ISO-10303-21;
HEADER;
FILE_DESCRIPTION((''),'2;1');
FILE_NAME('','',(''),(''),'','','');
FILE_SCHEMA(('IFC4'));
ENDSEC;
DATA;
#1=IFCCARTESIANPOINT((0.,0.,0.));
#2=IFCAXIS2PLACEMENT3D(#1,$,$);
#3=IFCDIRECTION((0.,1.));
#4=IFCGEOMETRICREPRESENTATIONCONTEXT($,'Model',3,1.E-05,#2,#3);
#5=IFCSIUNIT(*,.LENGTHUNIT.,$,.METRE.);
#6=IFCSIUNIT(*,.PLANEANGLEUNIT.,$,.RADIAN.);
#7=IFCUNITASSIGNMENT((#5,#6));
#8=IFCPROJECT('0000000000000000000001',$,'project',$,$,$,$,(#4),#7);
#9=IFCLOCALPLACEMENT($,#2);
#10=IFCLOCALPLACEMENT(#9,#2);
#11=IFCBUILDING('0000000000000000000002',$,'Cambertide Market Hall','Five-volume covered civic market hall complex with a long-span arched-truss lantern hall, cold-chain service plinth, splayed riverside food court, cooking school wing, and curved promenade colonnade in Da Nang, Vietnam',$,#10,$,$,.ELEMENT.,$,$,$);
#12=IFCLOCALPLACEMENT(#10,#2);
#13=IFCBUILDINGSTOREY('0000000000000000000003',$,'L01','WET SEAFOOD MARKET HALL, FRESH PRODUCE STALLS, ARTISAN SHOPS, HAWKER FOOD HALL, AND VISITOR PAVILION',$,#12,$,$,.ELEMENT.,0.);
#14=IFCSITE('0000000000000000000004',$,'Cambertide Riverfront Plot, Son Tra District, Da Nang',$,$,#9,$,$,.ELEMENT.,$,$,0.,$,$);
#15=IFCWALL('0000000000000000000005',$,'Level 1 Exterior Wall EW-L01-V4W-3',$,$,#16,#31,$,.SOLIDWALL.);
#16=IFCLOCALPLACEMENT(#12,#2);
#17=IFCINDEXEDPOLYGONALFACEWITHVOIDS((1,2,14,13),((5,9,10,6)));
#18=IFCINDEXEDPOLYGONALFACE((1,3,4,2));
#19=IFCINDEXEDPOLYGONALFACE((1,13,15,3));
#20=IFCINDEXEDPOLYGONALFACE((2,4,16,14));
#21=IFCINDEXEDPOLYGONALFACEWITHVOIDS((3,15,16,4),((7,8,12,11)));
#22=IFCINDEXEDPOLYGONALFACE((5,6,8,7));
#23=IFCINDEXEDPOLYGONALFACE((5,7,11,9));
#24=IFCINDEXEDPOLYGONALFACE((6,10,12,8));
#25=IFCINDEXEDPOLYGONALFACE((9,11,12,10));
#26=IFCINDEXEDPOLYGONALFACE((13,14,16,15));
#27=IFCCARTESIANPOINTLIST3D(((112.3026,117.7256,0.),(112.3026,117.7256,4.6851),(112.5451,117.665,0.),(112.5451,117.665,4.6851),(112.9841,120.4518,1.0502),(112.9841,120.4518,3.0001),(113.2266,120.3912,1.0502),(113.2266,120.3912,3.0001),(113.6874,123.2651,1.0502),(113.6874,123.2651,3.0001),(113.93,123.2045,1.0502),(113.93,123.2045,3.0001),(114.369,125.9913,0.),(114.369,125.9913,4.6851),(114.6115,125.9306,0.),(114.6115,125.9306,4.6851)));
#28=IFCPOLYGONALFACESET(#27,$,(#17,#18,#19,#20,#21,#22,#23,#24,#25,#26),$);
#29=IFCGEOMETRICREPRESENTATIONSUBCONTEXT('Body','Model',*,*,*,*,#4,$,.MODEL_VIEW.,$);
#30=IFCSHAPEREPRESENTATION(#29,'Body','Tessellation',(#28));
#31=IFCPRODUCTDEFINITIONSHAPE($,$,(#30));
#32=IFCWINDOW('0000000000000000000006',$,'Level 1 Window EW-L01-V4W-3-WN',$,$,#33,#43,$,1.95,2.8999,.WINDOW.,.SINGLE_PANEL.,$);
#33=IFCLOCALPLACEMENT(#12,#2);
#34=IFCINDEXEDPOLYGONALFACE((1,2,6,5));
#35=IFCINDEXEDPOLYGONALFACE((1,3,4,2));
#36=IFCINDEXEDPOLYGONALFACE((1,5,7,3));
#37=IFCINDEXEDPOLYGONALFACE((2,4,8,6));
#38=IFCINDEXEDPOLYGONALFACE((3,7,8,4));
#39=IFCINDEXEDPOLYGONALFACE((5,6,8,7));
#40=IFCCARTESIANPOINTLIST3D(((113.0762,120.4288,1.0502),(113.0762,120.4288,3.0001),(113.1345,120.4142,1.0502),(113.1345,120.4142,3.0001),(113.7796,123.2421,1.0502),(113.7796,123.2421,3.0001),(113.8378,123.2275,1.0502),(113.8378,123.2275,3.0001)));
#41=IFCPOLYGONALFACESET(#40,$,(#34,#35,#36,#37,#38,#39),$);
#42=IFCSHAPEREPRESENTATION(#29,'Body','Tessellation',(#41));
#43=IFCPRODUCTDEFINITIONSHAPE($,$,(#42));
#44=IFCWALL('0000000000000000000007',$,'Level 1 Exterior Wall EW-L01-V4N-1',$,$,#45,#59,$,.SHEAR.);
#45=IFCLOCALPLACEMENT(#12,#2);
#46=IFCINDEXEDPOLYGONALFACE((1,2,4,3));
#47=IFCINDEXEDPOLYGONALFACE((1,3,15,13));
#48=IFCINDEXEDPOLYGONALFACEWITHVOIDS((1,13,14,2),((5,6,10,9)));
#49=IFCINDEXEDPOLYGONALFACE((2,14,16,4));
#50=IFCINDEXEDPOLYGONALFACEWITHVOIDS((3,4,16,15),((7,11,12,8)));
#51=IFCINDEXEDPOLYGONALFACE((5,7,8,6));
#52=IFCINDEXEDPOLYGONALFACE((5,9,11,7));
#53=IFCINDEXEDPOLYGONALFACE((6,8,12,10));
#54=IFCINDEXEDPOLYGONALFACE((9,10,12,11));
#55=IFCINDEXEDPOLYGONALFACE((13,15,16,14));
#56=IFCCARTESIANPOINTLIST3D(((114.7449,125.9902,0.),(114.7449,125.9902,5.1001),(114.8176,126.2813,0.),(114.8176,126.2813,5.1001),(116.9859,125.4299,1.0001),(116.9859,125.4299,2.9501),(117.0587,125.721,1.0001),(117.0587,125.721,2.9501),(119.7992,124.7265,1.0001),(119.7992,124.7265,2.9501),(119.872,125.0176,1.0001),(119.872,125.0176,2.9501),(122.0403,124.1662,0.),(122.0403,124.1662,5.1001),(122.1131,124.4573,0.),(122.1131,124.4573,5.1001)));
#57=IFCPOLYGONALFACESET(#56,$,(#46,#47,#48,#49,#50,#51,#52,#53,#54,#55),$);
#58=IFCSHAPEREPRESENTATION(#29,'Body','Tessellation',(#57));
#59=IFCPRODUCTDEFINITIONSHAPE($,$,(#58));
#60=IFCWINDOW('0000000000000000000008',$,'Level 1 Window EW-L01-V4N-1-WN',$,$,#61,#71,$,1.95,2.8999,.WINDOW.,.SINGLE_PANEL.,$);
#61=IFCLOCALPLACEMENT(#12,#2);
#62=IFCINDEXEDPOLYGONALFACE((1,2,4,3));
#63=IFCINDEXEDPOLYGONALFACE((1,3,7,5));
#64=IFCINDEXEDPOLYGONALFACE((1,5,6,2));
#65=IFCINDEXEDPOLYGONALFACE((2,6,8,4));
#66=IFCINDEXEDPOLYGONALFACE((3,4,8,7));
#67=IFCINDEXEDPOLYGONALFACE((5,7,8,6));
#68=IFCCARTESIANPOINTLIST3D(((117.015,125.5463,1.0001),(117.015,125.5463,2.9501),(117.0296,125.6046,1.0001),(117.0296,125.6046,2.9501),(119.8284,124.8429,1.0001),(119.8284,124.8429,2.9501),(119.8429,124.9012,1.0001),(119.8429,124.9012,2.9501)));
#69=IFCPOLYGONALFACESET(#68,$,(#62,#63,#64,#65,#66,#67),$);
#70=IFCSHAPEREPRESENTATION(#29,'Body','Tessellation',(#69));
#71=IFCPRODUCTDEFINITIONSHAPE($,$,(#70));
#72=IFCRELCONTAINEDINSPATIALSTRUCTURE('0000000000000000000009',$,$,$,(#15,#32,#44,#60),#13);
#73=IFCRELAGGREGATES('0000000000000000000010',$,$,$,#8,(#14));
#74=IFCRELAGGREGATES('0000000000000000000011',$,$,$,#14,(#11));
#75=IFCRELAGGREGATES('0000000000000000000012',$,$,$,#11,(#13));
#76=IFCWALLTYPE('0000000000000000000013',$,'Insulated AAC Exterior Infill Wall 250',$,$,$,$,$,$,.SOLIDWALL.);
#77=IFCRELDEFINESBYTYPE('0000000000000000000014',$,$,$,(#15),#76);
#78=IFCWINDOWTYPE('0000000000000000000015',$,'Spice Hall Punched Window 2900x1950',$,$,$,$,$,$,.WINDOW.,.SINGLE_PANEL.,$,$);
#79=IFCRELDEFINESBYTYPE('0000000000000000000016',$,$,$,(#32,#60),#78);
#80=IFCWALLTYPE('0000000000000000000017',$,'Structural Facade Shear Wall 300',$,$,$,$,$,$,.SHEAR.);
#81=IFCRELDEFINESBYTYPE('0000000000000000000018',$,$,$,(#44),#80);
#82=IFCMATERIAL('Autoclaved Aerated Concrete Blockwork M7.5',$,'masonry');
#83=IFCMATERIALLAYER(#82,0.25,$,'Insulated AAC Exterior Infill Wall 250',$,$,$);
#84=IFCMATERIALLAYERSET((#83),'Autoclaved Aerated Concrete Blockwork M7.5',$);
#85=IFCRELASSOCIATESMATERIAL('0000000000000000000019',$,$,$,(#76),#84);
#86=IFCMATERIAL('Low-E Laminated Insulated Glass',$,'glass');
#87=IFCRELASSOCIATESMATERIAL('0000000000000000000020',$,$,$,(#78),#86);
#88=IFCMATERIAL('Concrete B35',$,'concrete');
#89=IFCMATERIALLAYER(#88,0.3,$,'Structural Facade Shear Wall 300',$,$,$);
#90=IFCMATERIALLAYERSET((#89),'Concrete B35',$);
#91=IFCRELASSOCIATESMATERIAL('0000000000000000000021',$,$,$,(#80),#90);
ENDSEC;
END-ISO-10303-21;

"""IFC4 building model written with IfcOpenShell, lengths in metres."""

from ifc_helpers import new_model, si_unit, direction, frame, frame_2d, origin, place, context, subcontext, project, spatial, rectangle, extrude, material, layer, layer_set, type_object, element, fill, save


model = new_model("IFC4")

# Units and contexts
model_context = context("Model", 3, precision=1e-05, world=origin(), true_north=direction((0.0, 1.0)))
body_context = subcontext(model_context, "Body", "Model", "MODEL_VIEW")
ifc_project = project(units=[si_unit("LENGTHUNIT", "METRE"), si_unit("PLANEANGLEUNIT", "RADIAN")], contexts=[model_context])

# Site, building, storey
site_placement = place(None, origin())
site = spatial("IfcSite", under=ifc_project, at=site_placement, Name="Cambertide Riverfront Plot, Son Tra District, Da Nang", CompositionType="ELEMENT", RefElevation=0.0)
building_placement = place(site_placement, origin())
building = spatial("IfcBuilding", under=site, at=building_placement, Name="Cambertide Market Hall", Description="Five-volume covered civic market hall complex with a long-span arched-truss lantern hall, cold-chain service plinth, splayed riverside food court, cooking school wing, and curved promenade colonnade in Da Nang, Vietnam", CompositionType="ELEMENT")
storey_placement = place(building_placement, origin())
storey = spatial("IfcBuildingStorey", under=building, at=storey_placement, Name="L01", Description="WET SEAFOOD MARKET HALL, FRESH PRODUCE STALLS, ARTISAN SHOPS, HAWKER FOOD HALL, AND VISITOR PAVILION", CompositionType="ELEMENT", Elevation=0.0)

# Shared definitions
ifc_material_1 = material(Name="Autoclaved Aerated Concrete Blockwork M7.5", Category="masonry")
ifc_layer_1 = layer(ifc_material_1, 0.25, Name="Insulated AAC Exterior Infill Wall 250")
ifc_layer_set_1 = layer_set([ifc_layer_1], Name="Autoclaved Aerated Concrete Blockwork M7.5")
wall_type_1 = type_object("IfcWallType", Name="Insulated AAC Exterior Infill Wall 250", PredefinedType="SOLIDWALL", material=ifc_layer_set_1)

# Walls, openings, windows
wall_1_placement = place(storey_placement, frame((112.4238, 117.6953, 0.0), z_axis=(0.0, 0.0, 1.0), x_axis=(0.242536, 0.970143, 0.0)))
wall_1 = element("IfcWall", 1, at=wall_1_placement, inside=storey, type_object=wall_type_1, Name="Level 1 Exterior Wall EW-L01-V4W-3", PredefinedType="SOLIDWALL", context=body_context, shape_type="SweptSolid", body=[
    extrude(rectangle(XDim=8.52, YDim=0.25, at=frame_2d((4.26, 0.0))), origin(), (0.0, 0.0, 1.0), 4.6851),
])
opening_1_placement = place(wall_1_placement, frame((2.8101, 0.0, 1.05)))
opening_1 = element("IfcOpeningElement", 2, at=opening_1_placement, cuts=wall_1, PredefinedType="OPENING", context=body_context, shape_type="SweptSolid", body=[
    extrude(rectangle(XDim=2.8999, YDim=1.95, at=frame_2d((1.45, 0.9751))), frame((0.0, 0.135, 0.0), z_axis=(0.0, -1.0, 0.0), x_axis=(1.0, 0.0, 0.0)), (0.0, 0.0, 1.0), 0.27),
])
ifc_material_2 = material(Name="Low-E Laminated Insulated Glass", Category="glass")
window_type = type_object("IfcWindowType", Name="Spice Hall Punched Window 2900x1950", PartitioningType="SINGLE_PANEL", PredefinedType="WINDOW", material=ifc_material_2)
window_1_placement = place(opening_1_placement, origin())
window_1 = element("IfcWindow", 3, at=window_1_placement, inside=storey, type_object=window_type, Name="Level 1 Window EW-L01-V4W-3-WN", OverallHeight=1.95, OverallWidth=2.8999, PartitioningType="SINGLE_PANEL", PredefinedType="WINDOW", context=body_context, shape_type="SweptSolid", body=[
    extrude(rectangle(XDim=2.8999, YDim=1.95, at=frame_2d((1.45, 0.9751))), frame((0.0, 0.03, 0.0), z_axis=(0.0, -1.0, 0.0), x_axis=(1.0, 0.0, 0.0)), (0.0, 0.0, 1.0), 0.0601),
])
fill(opening_1, window_1)
ifc_material_3 = material(Name="Concrete B35", Category="concrete")
ifc_layer_2 = layer(ifc_material_3, 0.3, Name="Structural Facade Shear Wall 300")
ifc_layer_set_2 = layer_set([ifc_layer_2], Name="Concrete B35")
wall_type_2 = type_object("IfcWallType", Name="Structural Facade Shear Wall 300", PredefinedType="SHEAR", material=ifc_layer_set_2)
wall_2_placement = place(storey_placement, frame((114.7812, 126.1357, 0.0), z_axis=(0.0, 0.0, 1.0), x_axis=(0.970139, -0.242551, 0.0)))
wall_2 = element("IfcWall", 4, at=wall_2_placement, inside=storey, type_object=wall_type_2, Name="Level 1 Exterior Wall EW-L01-V4N-1", PredefinedType="SHEAR", context=body_context, shape_type="SweptSolid", body=[
    extrude(rectangle(XDim=7.52, YDim=0.3, at=frame_2d((3.76, 0.0))), origin(), (0.0, 0.0, 1.0), 5.1001),
])
opening_2_placement = place(wall_2_placement, frame((2.3101, 0.0, 1.0)))
opening_2 = element("IfcOpeningElement", 5, at=opening_2_placement, cuts=wall_2, PredefinedType="OPENING", context=body_context, shape_type="SweptSolid", body=[
    extrude(rectangle(XDim=2.8999, YDim=1.95, at=frame_2d((1.45, 0.9751))), frame((0.0, 0.1599, 0.0), z_axis=(0.0, -1.0, 0.0), x_axis=(1.0, 0.0, 0.0)), (0.0, 0.0, 1.0), 0.3201),
])
window_2_placement = place(opening_2_placement, origin())
window_2 = element("IfcWindow", 6, at=window_2_placement, inside=storey, type_object=window_type, Name="Level 1 Window EW-L01-V4N-1-WN", OverallHeight=1.95, OverallWidth=2.8999, PartitioningType="SINGLE_PANEL", PredefinedType="WINDOW", context=body_context, shape_type="SweptSolid", body=[
    extrude(rectangle(XDim=2.8999, YDim=1.95, at=frame_2d((1.45, 0.9751))), frame((0.0, 0.03, 0.0), z_axis=(0.0, -1.0, 0.0), x_axis=(1.0, 0.0, 0.0)), (0.0, 0.0, 1.0), 0.0601),
])
fill(opening_2, window_2)

save(model, "model.ifc")
